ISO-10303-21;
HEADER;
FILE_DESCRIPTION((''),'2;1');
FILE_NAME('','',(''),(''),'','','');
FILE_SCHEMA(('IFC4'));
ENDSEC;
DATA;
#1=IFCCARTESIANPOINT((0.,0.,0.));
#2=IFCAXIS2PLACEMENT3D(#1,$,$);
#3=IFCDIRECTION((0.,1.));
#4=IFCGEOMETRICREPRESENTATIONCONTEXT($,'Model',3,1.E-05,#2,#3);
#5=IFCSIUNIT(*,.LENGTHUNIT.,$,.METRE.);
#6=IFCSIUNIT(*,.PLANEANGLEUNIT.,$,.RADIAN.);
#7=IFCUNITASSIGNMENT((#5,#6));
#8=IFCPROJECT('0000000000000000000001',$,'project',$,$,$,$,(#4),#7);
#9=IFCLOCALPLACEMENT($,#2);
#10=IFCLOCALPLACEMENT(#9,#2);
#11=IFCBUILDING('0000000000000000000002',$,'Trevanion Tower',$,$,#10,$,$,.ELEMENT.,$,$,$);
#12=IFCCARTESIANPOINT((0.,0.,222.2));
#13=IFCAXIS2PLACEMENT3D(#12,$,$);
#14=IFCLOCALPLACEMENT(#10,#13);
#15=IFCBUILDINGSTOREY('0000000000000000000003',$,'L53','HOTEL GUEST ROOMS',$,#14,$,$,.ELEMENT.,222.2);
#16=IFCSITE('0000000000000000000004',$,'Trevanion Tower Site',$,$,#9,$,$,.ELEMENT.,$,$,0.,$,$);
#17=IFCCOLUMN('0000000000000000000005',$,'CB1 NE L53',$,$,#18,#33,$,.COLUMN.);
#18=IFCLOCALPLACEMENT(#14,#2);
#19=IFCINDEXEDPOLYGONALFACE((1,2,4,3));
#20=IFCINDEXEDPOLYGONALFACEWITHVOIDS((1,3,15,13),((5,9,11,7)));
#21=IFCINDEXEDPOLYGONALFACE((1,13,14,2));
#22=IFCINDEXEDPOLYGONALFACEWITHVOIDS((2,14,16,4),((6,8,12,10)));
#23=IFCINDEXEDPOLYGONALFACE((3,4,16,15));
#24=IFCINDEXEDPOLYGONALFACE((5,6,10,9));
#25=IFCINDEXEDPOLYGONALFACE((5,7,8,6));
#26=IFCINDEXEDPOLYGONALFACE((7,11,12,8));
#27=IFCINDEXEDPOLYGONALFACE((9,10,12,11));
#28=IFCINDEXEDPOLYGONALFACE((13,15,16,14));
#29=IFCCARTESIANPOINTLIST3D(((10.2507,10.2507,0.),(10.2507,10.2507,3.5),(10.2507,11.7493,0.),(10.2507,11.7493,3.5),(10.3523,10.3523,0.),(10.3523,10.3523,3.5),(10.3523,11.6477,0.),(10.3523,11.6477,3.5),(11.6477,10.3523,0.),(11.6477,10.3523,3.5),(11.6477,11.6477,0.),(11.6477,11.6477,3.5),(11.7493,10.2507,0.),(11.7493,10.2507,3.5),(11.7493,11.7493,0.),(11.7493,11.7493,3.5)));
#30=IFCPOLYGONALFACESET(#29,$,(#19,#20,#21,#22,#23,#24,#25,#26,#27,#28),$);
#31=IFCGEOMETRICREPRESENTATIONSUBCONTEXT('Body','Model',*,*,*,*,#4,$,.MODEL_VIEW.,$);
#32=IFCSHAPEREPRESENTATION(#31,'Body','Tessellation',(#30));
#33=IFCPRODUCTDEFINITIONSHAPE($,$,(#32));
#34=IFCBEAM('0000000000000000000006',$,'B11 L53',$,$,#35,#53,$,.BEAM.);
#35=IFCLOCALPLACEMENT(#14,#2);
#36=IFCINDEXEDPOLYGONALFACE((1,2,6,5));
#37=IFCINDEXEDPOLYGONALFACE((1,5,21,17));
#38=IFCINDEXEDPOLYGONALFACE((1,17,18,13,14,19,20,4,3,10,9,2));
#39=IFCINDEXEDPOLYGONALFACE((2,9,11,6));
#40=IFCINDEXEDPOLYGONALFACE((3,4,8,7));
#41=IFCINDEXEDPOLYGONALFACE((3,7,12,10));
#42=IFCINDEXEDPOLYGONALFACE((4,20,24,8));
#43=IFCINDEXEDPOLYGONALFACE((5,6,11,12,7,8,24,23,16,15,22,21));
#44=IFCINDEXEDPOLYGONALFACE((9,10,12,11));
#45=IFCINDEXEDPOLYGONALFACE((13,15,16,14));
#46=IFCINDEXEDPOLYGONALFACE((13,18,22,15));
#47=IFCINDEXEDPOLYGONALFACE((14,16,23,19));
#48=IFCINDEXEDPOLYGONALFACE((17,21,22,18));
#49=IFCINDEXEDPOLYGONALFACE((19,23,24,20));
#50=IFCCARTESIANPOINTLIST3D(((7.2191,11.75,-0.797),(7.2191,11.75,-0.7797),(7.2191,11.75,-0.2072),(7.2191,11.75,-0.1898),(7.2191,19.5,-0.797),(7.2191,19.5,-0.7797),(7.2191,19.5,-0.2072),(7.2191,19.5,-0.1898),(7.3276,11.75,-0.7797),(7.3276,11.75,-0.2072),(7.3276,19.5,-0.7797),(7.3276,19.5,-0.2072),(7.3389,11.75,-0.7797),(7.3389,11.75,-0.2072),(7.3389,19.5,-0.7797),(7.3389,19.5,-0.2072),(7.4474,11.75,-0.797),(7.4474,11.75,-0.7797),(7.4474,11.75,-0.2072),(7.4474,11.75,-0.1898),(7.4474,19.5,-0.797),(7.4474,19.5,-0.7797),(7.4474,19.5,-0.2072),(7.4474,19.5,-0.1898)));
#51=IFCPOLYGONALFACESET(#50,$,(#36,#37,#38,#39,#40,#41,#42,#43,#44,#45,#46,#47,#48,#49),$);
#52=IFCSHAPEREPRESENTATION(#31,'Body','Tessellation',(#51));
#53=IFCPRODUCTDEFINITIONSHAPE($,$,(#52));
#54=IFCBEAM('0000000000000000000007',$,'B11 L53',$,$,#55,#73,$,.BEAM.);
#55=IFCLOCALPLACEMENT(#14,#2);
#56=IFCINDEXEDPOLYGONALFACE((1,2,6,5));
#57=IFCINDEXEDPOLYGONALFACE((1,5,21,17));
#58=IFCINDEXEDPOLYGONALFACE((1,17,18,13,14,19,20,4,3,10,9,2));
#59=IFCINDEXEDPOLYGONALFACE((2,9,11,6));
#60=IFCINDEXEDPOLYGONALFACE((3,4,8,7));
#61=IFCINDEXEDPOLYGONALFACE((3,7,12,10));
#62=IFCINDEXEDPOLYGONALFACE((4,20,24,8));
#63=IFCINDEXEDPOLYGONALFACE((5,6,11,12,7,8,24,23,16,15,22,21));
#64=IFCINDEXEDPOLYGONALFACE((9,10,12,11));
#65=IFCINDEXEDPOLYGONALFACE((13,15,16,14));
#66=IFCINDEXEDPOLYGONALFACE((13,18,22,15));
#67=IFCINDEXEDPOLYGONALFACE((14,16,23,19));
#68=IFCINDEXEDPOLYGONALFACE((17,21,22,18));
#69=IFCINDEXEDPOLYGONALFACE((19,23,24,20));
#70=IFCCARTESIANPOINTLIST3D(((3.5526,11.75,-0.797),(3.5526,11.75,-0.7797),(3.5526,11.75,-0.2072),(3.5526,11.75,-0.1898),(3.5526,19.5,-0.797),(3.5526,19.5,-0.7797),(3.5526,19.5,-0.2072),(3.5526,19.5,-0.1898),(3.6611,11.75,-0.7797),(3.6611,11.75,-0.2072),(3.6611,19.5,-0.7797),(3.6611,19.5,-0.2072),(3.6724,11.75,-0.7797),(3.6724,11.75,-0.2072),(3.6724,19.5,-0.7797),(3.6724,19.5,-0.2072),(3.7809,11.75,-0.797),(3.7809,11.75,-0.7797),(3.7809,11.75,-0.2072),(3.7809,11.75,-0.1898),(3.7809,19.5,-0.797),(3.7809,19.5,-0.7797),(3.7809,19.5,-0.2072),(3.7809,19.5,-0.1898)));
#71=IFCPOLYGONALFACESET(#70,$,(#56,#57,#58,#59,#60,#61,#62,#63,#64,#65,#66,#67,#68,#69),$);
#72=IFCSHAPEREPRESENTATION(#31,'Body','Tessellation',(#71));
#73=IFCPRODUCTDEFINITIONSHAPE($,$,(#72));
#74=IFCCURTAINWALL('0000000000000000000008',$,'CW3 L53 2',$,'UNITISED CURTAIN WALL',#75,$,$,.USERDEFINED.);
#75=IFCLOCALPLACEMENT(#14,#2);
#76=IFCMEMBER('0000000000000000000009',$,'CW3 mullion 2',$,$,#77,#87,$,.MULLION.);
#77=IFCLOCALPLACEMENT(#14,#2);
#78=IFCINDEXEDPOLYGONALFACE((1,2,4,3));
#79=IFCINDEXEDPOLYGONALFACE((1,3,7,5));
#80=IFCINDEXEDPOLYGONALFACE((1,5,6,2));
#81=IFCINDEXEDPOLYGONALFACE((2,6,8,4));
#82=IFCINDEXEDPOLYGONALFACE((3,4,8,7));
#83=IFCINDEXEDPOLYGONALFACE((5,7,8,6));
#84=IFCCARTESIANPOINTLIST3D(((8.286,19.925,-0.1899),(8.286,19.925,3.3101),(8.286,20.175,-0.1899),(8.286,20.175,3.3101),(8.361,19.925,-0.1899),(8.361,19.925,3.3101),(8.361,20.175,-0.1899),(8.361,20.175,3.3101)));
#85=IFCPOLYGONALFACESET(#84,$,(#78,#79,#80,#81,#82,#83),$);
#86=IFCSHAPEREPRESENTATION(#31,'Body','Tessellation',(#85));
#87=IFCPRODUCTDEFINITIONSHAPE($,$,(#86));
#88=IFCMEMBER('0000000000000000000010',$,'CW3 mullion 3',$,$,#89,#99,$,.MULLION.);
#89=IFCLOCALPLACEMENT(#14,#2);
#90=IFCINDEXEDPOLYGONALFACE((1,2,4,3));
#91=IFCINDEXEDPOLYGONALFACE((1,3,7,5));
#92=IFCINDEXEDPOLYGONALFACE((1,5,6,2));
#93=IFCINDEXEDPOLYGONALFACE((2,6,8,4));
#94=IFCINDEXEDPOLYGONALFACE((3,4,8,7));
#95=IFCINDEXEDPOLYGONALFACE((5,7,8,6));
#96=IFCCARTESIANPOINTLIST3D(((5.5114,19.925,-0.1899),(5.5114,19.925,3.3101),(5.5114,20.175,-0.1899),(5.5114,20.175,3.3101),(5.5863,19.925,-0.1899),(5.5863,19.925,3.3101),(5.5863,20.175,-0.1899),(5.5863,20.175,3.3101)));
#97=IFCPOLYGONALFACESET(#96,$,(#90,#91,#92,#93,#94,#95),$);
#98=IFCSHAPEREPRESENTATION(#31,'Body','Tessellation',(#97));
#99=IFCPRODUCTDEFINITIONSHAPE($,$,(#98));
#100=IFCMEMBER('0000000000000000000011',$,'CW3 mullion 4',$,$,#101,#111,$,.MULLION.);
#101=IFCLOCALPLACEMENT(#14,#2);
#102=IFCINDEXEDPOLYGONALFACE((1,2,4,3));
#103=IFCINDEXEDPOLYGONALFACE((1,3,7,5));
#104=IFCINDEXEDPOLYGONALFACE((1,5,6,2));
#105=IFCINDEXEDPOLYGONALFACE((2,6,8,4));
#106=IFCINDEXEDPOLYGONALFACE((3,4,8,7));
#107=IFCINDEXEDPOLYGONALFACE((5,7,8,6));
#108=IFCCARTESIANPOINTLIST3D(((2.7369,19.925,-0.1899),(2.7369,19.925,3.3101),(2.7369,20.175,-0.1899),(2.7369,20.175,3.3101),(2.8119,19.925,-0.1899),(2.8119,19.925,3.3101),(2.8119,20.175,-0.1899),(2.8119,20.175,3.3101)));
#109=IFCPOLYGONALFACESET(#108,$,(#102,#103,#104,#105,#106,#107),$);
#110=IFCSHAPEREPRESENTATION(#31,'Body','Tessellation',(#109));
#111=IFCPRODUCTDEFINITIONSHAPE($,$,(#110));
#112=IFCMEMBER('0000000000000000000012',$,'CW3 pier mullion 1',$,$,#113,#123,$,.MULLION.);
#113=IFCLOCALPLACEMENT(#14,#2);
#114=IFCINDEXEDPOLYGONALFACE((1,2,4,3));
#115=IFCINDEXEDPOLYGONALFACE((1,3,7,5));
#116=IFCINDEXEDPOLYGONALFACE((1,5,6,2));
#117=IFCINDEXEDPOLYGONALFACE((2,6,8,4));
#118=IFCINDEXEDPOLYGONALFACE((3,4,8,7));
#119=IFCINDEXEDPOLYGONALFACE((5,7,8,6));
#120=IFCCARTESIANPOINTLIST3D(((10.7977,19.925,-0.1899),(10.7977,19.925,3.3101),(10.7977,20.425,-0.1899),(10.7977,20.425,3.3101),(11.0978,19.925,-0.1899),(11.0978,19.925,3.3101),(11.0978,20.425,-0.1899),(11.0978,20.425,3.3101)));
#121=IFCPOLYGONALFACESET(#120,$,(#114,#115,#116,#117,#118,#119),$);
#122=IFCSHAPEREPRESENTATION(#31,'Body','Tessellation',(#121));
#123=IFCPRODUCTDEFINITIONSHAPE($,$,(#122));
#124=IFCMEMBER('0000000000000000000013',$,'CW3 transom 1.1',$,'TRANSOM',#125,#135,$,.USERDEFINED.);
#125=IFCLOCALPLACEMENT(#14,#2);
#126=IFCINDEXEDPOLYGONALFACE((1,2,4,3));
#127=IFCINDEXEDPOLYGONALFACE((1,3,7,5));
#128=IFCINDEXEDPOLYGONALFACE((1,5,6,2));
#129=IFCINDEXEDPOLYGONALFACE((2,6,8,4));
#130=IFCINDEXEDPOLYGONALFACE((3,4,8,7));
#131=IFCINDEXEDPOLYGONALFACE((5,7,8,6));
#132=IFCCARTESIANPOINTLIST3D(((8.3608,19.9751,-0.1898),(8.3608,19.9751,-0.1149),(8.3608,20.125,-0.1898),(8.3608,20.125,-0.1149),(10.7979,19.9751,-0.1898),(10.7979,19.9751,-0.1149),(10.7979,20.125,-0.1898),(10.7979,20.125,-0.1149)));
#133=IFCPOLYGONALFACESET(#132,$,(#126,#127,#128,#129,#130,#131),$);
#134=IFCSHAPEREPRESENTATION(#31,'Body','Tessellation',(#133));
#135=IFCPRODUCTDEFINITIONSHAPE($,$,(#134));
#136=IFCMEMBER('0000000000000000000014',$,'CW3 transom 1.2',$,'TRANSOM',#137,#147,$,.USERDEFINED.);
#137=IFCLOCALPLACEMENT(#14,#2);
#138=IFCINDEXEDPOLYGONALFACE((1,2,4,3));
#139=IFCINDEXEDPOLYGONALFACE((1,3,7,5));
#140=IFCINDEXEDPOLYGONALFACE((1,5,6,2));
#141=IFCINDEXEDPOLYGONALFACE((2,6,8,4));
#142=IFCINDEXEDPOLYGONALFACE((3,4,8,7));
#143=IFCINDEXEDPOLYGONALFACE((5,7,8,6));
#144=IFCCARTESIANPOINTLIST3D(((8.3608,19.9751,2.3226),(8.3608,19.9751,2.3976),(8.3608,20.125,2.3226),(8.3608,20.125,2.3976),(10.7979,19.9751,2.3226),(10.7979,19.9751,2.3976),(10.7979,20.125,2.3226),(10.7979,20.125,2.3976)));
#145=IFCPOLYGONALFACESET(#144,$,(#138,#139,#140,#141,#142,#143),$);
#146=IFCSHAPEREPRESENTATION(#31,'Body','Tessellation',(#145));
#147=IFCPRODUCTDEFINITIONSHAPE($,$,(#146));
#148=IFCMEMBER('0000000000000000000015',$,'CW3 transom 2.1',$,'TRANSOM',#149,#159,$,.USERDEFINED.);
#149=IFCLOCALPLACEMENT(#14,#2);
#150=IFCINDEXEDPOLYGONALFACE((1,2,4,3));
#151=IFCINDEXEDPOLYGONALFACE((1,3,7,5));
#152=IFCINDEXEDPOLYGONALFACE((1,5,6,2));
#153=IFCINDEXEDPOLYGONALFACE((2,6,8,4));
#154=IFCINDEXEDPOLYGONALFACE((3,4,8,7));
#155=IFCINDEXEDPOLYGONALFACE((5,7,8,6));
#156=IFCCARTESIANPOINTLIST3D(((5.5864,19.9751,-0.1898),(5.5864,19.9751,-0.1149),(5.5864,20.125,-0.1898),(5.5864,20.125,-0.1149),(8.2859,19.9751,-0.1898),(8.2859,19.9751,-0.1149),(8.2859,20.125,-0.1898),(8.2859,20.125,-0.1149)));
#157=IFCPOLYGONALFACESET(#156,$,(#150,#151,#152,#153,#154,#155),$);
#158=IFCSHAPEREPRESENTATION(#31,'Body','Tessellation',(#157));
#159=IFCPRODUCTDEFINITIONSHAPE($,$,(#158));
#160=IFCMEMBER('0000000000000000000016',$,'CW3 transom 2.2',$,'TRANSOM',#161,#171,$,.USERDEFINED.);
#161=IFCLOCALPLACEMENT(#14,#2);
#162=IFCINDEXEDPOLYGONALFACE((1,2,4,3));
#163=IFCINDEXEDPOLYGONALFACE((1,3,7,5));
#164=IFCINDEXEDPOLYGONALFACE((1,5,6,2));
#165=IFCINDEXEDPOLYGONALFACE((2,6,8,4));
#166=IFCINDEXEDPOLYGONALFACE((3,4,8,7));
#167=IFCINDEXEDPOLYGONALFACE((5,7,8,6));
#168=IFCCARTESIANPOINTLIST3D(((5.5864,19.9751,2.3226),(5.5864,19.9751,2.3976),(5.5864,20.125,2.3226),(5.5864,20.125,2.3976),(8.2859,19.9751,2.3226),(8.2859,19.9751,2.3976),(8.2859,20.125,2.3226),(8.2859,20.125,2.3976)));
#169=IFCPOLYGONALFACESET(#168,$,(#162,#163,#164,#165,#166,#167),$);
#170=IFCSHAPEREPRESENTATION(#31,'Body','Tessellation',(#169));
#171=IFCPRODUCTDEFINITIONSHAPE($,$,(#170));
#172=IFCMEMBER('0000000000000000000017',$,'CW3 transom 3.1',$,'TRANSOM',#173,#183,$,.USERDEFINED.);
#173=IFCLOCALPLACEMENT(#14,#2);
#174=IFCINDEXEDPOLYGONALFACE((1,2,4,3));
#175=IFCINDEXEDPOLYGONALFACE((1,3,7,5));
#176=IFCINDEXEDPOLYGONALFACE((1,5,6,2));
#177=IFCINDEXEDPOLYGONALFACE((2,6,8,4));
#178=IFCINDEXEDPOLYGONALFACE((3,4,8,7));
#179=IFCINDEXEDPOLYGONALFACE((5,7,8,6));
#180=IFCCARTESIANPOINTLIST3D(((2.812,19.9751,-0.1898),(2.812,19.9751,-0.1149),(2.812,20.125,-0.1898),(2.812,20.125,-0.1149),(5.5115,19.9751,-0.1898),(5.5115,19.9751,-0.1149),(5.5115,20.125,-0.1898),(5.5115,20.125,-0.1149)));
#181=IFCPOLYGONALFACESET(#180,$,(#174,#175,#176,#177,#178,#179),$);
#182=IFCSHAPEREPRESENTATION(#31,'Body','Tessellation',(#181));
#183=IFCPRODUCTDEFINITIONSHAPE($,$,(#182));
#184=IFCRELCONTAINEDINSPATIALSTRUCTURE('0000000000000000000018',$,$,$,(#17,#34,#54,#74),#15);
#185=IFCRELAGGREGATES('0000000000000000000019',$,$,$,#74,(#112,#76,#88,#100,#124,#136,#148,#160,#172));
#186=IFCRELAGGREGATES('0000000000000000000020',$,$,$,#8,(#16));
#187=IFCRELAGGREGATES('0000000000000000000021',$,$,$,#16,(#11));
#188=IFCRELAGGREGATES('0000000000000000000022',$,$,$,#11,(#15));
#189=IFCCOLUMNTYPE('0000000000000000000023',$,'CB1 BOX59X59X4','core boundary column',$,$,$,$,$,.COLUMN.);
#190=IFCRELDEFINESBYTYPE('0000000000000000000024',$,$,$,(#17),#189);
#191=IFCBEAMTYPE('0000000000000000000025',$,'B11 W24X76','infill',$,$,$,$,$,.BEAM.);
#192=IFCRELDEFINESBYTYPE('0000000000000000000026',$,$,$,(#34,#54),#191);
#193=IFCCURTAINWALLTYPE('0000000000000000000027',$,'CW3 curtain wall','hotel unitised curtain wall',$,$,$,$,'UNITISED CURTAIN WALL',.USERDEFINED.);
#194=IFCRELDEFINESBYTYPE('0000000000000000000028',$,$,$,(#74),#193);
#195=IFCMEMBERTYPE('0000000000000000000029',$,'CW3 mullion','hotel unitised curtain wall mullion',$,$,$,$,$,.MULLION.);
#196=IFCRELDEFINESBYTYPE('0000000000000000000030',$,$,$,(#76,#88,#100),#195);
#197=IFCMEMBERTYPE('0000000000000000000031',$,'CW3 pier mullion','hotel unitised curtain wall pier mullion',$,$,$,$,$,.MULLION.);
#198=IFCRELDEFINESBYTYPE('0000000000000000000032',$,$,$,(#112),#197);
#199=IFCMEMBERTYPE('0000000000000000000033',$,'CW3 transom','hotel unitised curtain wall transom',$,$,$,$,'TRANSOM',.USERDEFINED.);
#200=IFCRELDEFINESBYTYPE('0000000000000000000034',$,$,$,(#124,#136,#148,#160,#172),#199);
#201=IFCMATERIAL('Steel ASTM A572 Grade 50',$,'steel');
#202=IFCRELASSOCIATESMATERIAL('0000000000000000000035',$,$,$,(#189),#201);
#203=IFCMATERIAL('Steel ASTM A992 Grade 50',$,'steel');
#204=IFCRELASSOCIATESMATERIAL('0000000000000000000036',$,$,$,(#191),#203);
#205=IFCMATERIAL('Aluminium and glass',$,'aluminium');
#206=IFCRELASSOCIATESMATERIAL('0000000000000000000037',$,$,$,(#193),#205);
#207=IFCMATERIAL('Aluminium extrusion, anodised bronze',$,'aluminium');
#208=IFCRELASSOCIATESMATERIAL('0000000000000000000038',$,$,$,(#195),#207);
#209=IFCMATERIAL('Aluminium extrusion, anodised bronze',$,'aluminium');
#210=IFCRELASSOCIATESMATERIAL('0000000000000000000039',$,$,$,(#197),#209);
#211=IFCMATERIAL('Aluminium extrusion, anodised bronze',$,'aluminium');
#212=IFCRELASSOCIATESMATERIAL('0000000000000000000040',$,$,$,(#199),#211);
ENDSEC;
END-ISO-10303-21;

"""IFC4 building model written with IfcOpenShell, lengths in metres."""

from ifc_helpers import new_model, si_unit, direction, frame, origin, origin_2d, place, context, subcontext, project, spatial, rectangle, hollow_rectangle, i_section, extrude, material, material_profile, profile_set, type_object, element, aggregate, save


model = new_model("IFC4")

# Units and contexts
model_context = context("Model", 3, precision=1e-05, world=origin(), true_north=direction((0.0, 1.0)))
body_context = subcontext(model_context, "Body", "Model", "MODEL_VIEW")
ifc_project = project(units=[si_unit("LENGTHUNIT", "METRE"), si_unit("PLANEANGLEUNIT", "RADIAN")], contexts=[model_context])

# Site, building, storey
site_placement = place(None, origin())
site = spatial("IfcSite", under=ifc_project, at=site_placement, Name="Trevanion Tower Site", CompositionType="ELEMENT", RefElevation=0.0)
building_placement = place(site_placement, origin())
building = spatial("IfcBuilding", under=site, at=building_placement, Name="Trevanion Tower", CompositionType="ELEMENT")
storey_placement = place(building_placement, frame((0.0, 0.0, 222.2)))
storey = spatial("IfcBuildingStorey", under=building, at=storey_placement, Name="L53", Description="HOTEL GUEST ROOMS", CompositionType="ELEMENT", Elevation=222.2)

# Column
ifc_material_1 = material(Name="Steel ASTM A572 Grade 50", Category="steel")
ifc_material_profile_1 = material_profile(ifc_material_1, hollow_rectangle(XDim=1.4985, YDim=1.4985, WallThickness=0.1016, at=origin_2d()), Name="BOX59X59X4")
ifc_profile_set_1 = profile_set([ifc_material_profile_1], Name="Steel ASTM A572 Grade 50")
column_type = type_object("IfcColumnType", Name="CB1 BOX59X59X4", Description="core boundary column", PredefinedType="COLUMN", material=ifc_profile_set_1)
column_placement = place(storey_placement, frame((11.0, 11.0, 0.0), z_axis=(0.0, 0.0, 1.0), x_axis=(1.0, 0.0, 0.0)))
element("IfcColumn", 1, at=column_placement, inside=storey, type_object=column_type, Name="CB1 NE L53", PredefinedType="COLUMN", context=body_context, shape_type="SweptSolid", body=[
    extrude(hollow_rectangle(XDim=1.4985, YDim=1.4985, WallThickness=0.1016, at=origin_2d()), origin(), (0.0, 0.0, 1.0), 3.5),
])

# Beams
ifc_material_2 = material(Name="Steel ASTM A992 Grade 50", Category="steel")
ifc_material_profile_2 = material_profile(ifc_material_2, i_section(OverallWidth=0.2283, OverallDepth=0.6072, WebThickness=0.0112, FlangeThickness=0.0173, at=origin_2d()), Name="W24X76")
ifc_profile_set_2 = profile_set([ifc_material_profile_2], Name="Steel ASTM A992 Grade 50")
beam_type_1 = type_object("IfcBeamType", Name="B11 W24X76", Description="infill", PredefinedType="BEAM", material=ifc_profile_set_2)
for number, where, z_axis, x_axis, name in (
    (2, (7.3333, 11.75, -0.4934), (0.0, 1.0, 0.0), (-1.0, 0.0, 0.0), "B11 L53"),
    (3, (3.6667, 11.75, -0.4934), (0.0, 1.0, 0.0), (-1.0, 0.0, 0.0), "B11 L53"),
):
    element("IfcBeam", number, at=place(storey_placement, frame(where, z_axis=z_axis, x_axis=x_axis)), inside=storey, type_object=beam_type_1, Name=name, PredefinedType="BEAM", context=body_context, shape_type="SweptSolid", body=[
        extrude(i_section(OverallWidth=0.2283, OverallDepth=0.6072, WebThickness=0.0112, FlangeThickness=0.0173, at=origin_2d()), origin(), (0.0, 0.0, 1.0), 7.75),
    ])

# Curtain wall, members
ifc_material_3 = material(Name="Aluminium and glass", Category="aluminium")
curtain_wall_type = type_object("IfcCurtainWallType", Name="CW3 curtain wall", Description="hotel unitised curtain wall", ElementType="UNITISED CURTAIN WALL", PredefinedType="USERDEFINED", material=ifc_material_3)
curtain_wall_placement = place(storey_placement, origin())
curtain_wall = element("IfcCurtainWall", 4, at=curtain_wall_placement, inside=storey, type_object=curtain_wall_type, Name="CW3 L53 2", ObjectType="UNITISED CURTAIN WALL", PredefinedType="USERDEFINED")
ifc_material_4 = material(Name="Aluminium extrusion, anodised bronze", Category="aluminium")
ifc_material_profile_3 = material_profile(ifc_material_4, rectangle(XDim=0.075, YDim=0.25, at=origin_2d()), Name="CW3 mullion")
ifc_profile_set_3 = profile_set([ifc_material_profile_3], Name="Aluminium extrusion, anodised bronze")
member_type_1 = type_object("IfcMemberType", Name="CW3 mullion", Description="hotel unitised curtain wall mullion", PredefinedType="MULLION", material=ifc_profile_set_3)
member_1_placement = place(storey_placement, frame((8.3235, 20.05, -0.1899), z_axis=(0.0, 0.0, 1.0), x_axis=(-1.0, 0.0, 0.0)))
member_1 = element("IfcMember", 5, at=member_1_placement, type_object=member_type_1, Name="CW3 mullion 2", PredefinedType="MULLION", context=body_context, shape_type="SweptSolid", body=[
    extrude(rectangle(XDim=0.075, YDim=0.25, at=origin_2d()), origin(), (0.0, 0.0, 1.0), 3.5),
])
member_2_placement = place(storey_placement, frame((5.5488, 20.05, -0.1899), z_axis=(0.0, 0.0, 1.0), x_axis=(-1.0, 0.0, 0.0)))
member_2 = element("IfcMember", 6, at=member_2_placement, type_object=member_type_1, Name="CW3 mullion 3", PredefinedType="MULLION", context=body_context, shape_type="SweptSolid", body=[
    extrude(rectangle(XDim=0.075, YDim=0.25, at=origin_2d()), origin(), (0.0, 0.0, 1.0), 3.5),
])
member_3_placement = place(storey_placement, frame((2.7744, 20.05, -0.1899), z_axis=(0.0, 0.0, 1.0), x_axis=(-1.0, 0.0, 0.0)))
member_3 = element("IfcMember", 7, at=member_3_placement, type_object=member_type_1, Name="CW3 mullion 4", PredefinedType="MULLION", context=body_context, shape_type="SweptSolid", body=[
    extrude(rectangle(XDim=0.075, YDim=0.25, at=origin_2d()), origin(), (0.0, 0.0, 1.0), 3.5),
])
ifc_material_5 = material(Name="Aluminium extrusion, anodised bronze", Category="aluminium")
ifc_material_profile_4 = material_profile(ifc_material_5, rectangle(XDim=0.3, YDim=0.5, at=origin_2d()), Name="CW3 pier mullion")
ifc_profile_set_4 = profile_set([ifc_material_profile_4], Name="Aluminium extrusion, anodised bronze")
member_type_2 = type_object("IfcMemberType", Name="CW3 pier mullion", Description="hotel unitised curtain wall pier mullion", PredefinedType="MULLION", material=ifc_profile_set_4)
member_4_placement = place(storey_placement, frame((10.9478, 20.175, -0.1899), z_axis=(0.0, 0.0, 1.0), x_axis=(-1.0, 0.0, 0.0)))
member_4 = element("IfcMember", 8, at=member_4_placement, type_object=member_type_2, Name="CW3 pier mullion 1", PredefinedType="MULLION", context=body_context, shape_type="SweptSolid", body=[
    extrude(rectangle(XDim=0.3, YDim=0.5, at=origin_2d()), origin(), (0.0, 0.0, 1.0), 3.5),
])
ifc_material_6 = material(Name="Aluminium extrusion, anodised bronze", Category="aluminium")
ifc_material_profile_5 = material_profile(ifc_material_6, rectangle(XDim=0.1499, YDim=0.075, at=origin_2d()), Name="CW3 transom")
ifc_profile_set_5 = profile_set([ifc_material_profile_5], Name="Aluminium extrusion, anodised bronze")
member_type_3 = type_object("IfcMemberType", Name="CW3 transom", Description="hotel unitised curtain wall transom", ElementType="TRANSOM", PredefinedType="USERDEFINED", material=ifc_profile_set_5)
member_5_placement = place(storey_placement, frame((10.7979, 20.05, -0.1523), z_axis=(-1.0, 0.0, 0.0), x_axis=(0.0, -1.0, 0.0)))
member_5 = element("IfcMember", 9, at=member_5_placement, type_object=member_type_3, Name="CW3 transom 1.1", ObjectType="TRANSOM", PredefinedType="USERDEFINED", context=body_context, shape_type="SweptSolid", body=[
    extrude(rectangle(XDim=0.1499, YDim=0.075, at=origin_2d()), origin(), (0.0, 0.0, 1.0), 2.437),
])
member_6_placement = place(storey_placement, frame((10.7979, 20.05, 2.3601), z_axis=(-1.0, 0.0, 0.0), x_axis=(0.0, -1.0, 0.0)))
member_6 = element("IfcMember", 10, at=member_6_placement, type_object=member_type_3, Name="CW3 transom 1.2", ObjectType="TRANSOM", PredefinedType="USERDEFINED", context=body_context, shape_type="SweptSolid", body=[
    extrude(rectangle(XDim=0.1499, YDim=0.075, at=origin_2d()), origin(), (0.0, 0.0, 1.0), 2.437),
])
member_7_placement = place(storey_placement, frame((8.2859, 20.05, -0.1523), z_axis=(-1.0, 0.0, 0.0), x_axis=(0.0, -1.0, 0.0)))
member_7 = element("IfcMember", 11, at=member_7_placement, type_object=member_type_3, Name="CW3 transom 2.1", ObjectType="TRANSOM", PredefinedType="USERDEFINED", context=body_context, shape_type="SweptSolid", body=[
    extrude(rectangle(XDim=0.1499, YDim=0.075, at=origin_2d()), origin(), (0.0, 0.0, 1.0), 2.6995),
])
member_8_placement = place(storey_placement, frame((8.2859, 20.05, 2.3601), z_axis=(-1.0, 0.0, 0.0), x_axis=(0.0, -1.0, 0.0)))
member_8 = element("IfcMember", 12, at=member_8_placement, type_object=member_type_3, Name="CW3 transom 2.2", ObjectType="TRANSOM", PredefinedType="USERDEFINED", context=body_context, shape_type="SweptSolid", body=[
    extrude(rectangle(XDim=0.1499, YDim=0.075, at=origin_2d()), origin(), (0.0, 0.0, 1.0), 2.6995),
])
member_9_placement = place(storey_placement, frame((5.5115, 20.05, -0.1523), z_axis=(-1.0, 0.0, 0.0), x_axis=(0.0, -1.0, 0.0)))
member_9 = element("IfcMember", 13, at=member_9_placement, type_object=member_type_3, Name="CW3 transom 3.1", ObjectType="TRANSOM", PredefinedType="USERDEFINED", context=body_context, shape_type="SweptSolid", body=[
    extrude(rectangle(XDim=0.1499, YDim=0.075, at=origin_2d()), origin(), (0.0, 0.0, 1.0), 2.6995),
])

aggregate(curtain_wall, [member_4, member_1, member_2, member_3, member_5, member_6, member_7, member_8, member_9])

save(model, "model.ifc")
